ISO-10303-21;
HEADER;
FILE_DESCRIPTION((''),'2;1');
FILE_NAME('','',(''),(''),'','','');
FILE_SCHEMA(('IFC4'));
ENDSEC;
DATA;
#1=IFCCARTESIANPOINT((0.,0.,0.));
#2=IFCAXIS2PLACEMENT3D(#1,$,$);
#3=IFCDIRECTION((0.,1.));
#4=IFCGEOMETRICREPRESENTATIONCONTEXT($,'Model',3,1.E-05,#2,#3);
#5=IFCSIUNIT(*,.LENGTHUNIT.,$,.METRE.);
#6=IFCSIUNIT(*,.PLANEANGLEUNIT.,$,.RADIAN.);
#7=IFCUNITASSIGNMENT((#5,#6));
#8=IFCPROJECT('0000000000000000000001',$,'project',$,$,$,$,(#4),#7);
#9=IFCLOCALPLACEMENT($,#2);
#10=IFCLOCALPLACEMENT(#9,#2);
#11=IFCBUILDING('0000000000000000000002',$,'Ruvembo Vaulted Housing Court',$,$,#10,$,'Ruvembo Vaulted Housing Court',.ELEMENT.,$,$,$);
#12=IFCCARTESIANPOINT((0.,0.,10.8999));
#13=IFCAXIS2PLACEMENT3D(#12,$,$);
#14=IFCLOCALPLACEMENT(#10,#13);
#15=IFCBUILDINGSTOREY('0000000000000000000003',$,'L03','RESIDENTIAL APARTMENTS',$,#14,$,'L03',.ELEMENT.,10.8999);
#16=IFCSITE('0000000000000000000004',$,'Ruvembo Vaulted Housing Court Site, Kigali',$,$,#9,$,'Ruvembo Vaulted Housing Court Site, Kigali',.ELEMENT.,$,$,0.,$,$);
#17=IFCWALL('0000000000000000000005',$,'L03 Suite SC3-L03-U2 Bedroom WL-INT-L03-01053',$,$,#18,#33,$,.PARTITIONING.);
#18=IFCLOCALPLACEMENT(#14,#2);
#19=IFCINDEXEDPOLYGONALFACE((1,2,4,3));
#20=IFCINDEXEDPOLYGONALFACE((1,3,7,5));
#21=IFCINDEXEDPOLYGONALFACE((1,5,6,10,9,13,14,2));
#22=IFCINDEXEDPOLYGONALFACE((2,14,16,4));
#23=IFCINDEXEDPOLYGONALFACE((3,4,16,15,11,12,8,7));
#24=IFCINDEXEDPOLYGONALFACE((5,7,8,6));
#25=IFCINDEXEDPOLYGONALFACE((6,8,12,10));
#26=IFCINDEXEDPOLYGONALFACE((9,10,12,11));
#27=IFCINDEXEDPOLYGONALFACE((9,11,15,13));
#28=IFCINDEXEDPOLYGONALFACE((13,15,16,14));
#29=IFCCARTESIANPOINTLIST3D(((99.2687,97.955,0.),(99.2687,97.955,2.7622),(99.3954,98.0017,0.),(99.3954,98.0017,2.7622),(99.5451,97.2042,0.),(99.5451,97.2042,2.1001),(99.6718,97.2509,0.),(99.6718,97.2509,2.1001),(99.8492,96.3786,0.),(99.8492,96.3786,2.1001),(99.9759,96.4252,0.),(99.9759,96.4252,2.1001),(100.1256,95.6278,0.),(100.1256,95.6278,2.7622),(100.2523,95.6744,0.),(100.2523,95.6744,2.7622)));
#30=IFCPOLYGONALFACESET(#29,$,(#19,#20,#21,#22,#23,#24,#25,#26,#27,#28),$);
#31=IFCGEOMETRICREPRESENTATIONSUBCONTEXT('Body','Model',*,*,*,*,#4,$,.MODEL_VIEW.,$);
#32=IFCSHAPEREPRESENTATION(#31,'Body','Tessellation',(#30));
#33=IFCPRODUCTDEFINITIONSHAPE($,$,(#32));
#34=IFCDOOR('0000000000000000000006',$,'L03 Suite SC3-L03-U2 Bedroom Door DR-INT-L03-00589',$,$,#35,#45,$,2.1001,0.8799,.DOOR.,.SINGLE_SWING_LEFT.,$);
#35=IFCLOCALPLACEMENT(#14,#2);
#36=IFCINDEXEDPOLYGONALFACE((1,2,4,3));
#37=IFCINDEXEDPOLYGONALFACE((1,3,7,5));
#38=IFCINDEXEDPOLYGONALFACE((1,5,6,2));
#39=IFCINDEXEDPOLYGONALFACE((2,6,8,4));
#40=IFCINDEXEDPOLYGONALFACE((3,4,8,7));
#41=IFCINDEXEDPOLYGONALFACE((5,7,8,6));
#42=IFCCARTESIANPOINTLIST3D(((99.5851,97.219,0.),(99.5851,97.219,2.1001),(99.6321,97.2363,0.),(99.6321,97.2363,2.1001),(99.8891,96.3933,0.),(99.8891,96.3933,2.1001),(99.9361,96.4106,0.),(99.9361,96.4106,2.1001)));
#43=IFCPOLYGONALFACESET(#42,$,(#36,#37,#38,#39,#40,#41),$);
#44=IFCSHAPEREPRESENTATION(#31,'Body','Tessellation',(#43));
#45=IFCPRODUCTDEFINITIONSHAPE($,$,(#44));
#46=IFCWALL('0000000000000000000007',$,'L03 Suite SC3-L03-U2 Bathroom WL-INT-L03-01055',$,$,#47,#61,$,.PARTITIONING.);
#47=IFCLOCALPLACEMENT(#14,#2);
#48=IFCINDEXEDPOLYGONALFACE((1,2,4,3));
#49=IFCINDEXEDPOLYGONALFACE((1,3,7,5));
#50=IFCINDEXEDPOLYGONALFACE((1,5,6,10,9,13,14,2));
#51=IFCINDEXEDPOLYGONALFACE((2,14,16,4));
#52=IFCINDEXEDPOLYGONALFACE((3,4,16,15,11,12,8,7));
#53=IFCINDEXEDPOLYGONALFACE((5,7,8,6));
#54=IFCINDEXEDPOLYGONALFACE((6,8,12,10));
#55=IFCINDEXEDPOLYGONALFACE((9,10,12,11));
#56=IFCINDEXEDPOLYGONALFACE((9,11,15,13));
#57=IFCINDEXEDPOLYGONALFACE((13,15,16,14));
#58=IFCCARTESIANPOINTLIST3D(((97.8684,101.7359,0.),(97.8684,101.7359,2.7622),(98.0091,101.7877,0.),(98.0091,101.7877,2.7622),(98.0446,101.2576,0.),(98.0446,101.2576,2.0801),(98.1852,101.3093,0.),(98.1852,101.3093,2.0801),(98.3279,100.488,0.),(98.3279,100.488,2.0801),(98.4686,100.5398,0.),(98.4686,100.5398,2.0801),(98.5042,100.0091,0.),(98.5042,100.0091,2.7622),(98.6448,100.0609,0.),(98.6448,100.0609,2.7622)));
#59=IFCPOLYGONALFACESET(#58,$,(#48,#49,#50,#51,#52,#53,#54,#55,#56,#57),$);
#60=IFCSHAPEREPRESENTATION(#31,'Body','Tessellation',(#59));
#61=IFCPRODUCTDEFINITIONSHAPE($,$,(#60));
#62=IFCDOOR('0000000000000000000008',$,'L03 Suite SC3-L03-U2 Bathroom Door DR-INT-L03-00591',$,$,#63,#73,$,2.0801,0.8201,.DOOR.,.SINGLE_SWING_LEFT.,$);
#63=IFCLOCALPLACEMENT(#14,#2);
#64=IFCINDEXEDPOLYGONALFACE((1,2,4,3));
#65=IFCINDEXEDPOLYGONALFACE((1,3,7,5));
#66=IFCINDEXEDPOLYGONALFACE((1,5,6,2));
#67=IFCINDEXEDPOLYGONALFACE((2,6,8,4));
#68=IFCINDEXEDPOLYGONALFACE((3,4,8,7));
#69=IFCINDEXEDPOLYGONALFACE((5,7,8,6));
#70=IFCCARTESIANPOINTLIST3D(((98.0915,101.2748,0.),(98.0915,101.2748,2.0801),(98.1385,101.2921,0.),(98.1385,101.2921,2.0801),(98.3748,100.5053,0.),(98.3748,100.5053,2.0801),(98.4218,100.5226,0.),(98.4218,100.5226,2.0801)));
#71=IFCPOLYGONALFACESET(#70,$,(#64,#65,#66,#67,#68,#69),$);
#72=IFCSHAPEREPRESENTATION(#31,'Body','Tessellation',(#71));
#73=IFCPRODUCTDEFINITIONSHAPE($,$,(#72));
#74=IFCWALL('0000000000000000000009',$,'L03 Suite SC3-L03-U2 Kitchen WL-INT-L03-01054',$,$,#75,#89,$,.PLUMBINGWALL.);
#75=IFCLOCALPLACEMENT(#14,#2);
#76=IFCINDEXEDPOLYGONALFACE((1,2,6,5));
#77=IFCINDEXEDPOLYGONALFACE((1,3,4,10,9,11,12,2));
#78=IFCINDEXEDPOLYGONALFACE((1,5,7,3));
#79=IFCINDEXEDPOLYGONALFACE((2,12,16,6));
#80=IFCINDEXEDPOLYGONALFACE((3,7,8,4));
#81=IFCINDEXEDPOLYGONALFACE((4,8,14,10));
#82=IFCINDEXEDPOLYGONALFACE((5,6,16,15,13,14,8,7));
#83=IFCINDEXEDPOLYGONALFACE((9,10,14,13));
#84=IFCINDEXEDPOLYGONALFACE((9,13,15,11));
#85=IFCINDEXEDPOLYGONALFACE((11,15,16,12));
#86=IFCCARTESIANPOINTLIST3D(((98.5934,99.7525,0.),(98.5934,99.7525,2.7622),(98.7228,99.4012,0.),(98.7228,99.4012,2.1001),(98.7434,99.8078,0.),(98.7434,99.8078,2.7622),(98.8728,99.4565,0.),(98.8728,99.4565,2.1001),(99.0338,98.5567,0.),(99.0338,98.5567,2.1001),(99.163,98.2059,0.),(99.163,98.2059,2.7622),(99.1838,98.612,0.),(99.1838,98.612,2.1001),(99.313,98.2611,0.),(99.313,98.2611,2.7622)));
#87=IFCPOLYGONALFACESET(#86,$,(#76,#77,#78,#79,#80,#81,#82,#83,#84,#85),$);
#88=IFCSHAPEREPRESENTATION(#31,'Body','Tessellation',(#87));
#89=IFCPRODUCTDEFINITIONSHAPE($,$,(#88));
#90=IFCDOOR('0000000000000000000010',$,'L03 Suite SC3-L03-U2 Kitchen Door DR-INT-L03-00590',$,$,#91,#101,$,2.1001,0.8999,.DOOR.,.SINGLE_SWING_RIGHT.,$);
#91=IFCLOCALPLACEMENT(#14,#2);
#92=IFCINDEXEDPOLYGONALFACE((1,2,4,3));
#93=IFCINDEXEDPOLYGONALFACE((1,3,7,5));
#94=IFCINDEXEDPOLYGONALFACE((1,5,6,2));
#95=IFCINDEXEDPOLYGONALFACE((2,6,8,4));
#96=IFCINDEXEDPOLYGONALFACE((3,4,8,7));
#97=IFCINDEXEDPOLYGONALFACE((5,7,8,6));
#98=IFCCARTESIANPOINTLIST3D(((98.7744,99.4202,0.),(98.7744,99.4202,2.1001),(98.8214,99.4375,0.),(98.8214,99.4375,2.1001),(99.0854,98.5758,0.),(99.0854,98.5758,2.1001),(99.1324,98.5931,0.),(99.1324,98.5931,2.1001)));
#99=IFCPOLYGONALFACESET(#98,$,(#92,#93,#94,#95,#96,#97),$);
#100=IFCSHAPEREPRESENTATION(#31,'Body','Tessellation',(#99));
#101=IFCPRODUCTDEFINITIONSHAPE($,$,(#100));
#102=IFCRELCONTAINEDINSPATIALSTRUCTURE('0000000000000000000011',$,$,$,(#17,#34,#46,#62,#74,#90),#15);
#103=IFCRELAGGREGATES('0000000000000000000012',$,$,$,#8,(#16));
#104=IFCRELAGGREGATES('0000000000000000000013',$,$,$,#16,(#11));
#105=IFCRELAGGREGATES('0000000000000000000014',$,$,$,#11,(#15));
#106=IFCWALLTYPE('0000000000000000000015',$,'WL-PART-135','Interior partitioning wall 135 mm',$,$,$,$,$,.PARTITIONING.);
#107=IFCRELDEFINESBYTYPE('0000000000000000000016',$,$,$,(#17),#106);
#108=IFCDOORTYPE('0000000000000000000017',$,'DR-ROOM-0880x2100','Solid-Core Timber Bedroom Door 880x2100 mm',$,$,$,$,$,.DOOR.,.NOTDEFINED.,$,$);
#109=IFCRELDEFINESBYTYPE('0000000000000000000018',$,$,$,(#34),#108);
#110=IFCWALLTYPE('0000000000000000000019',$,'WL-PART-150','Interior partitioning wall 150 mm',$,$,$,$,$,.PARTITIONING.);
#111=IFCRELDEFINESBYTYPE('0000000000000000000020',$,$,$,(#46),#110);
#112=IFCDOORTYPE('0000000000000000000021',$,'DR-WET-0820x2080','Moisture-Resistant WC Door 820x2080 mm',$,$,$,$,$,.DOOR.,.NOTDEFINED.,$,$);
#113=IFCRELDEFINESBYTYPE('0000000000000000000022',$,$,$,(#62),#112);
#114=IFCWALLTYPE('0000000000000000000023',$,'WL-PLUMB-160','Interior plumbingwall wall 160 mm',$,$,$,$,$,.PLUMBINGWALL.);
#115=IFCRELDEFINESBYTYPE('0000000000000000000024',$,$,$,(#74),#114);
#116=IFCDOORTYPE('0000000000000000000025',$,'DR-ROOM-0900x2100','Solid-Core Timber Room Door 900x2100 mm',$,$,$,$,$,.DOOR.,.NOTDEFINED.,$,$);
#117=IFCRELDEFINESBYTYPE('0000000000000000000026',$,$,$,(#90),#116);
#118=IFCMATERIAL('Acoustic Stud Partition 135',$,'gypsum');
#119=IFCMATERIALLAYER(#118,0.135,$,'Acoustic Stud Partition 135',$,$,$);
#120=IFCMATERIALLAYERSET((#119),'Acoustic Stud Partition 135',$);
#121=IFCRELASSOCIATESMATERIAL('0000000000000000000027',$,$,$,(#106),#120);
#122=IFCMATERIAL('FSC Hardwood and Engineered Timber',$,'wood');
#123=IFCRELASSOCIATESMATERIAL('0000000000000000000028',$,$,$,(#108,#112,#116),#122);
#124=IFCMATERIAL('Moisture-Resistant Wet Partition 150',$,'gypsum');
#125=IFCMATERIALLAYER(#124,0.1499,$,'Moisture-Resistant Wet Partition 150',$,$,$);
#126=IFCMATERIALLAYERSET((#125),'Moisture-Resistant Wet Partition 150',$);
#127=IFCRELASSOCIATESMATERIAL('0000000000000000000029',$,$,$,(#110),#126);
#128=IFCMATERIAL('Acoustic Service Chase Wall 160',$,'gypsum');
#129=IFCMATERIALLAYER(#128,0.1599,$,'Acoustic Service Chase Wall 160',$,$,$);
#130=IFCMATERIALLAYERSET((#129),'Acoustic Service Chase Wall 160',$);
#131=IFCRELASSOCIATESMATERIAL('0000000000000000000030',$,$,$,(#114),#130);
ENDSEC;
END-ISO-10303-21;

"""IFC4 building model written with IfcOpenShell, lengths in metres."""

from ifc_helpers import new_model, si_unit, direction, frame, frame_2d, origin, place, context, subcontext, project, spatial, rectangle, extrude, material, layer, layer_set, type_object, element, fill, save


model = new_model("IFC4")

# Units and contexts
model_context = context("Model", 3, precision=1e-05, world=origin(), true_north=direction((0.0, 1.0)))
body_context = subcontext(model_context, "Body", "Model", "MODEL_VIEW")
ifc_project = project(units=[si_unit("LENGTHUNIT", "METRE"), si_unit("PLANEANGLEUNIT", "RADIAN")], contexts=[model_context])

# Site, building, storey
site_placement = place(None, origin())
site = spatial("IfcSite", under=ifc_project, at=site_placement, Name="Ruvembo Vaulted Housing Court Site, Kigali", LongName="Ruvembo Vaulted Housing Court Site, Kigali", CompositionType="ELEMENT", RefElevation=0.0)
building_placement = place(site_placement, origin())
building = spatial("IfcBuilding", under=site, at=building_placement, Name="Ruvembo Vaulted Housing Court", LongName="Ruvembo Vaulted Housing Court", CompositionType="ELEMENT")
storey_placement = place(building_placement, frame((0.0, 0.0, 10.8999)))
storey = spatial("IfcBuildingStorey", under=building, at=storey_placement, Name="L03", Description="RESIDENTIAL APARTMENTS", LongName="L03", CompositionType="ELEMENT", Elevation=10.8999)

# Shared definitions
ifc_material_1 = material(Name="FSC Hardwood and Engineered Timber", Category="wood")

# Walls, openings, doors
ifc_material_2 = material(Name="Acoustic Stud Partition 135", Category="gypsum")
ifc_layer_1 = layer(ifc_material_2, 0.135, Name="Acoustic Stud Partition 135")
ifc_layer_set_1 = layer_set([ifc_layer_1], Name="Acoustic Stud Partition 135")
wall_type_1 = type_object("IfcWallType", Name="WL-PART-135", Description="Interior partitioning wall 135 mm", PredefinedType="PARTITIONING", material=ifc_layer_set_1)
wall_1_placement = place(storey_placement, frame((100.189, 95.6511, 0.0), z_axis=(0.0, 0.0, 1.0), x_axis=(-0.34555, 0.9384, 0.0)))
wall_1 = element("IfcWall", 1, at=wall_1_placement, inside=storey, type_object=wall_type_1, Name="L03 Suite SC3-L03-U2 Bedroom WL-INT-L03-01053", PredefinedType="PARTITIONING", context=body_context, shape_type="SweptSolid", body=[
    extrude(rectangle(XDim=2.48, YDim=0.135, at=frame_2d((1.24, 0.0))), origin(), (0.0, 0.0, 1.0), 2.7622),
])
opening_1_placement = place(wall_1_placement, frame((0.8, 0.0, 0.0)))
opening_1 = element("IfcOpeningElement", 2, at=opening_1_placement, cuts=wall_1, PredefinedType="OPENING", context=body_context, shape_type="SweptSolid", body=[
    extrude(rectangle(XDim=0.8799, YDim=2.1001, at=frame_2d((0.4399, 1.05))), frame((0.0, 0.0774, 0.0), z_axis=(0.0, -1.0, 0.0), x_axis=(1.0, 0.0, 0.0)), (0.0, 0.0, 1.0), 0.155),
])
door_type_1 = type_object("IfcDoorType", Name="DR-ROOM-0880x2100", Description="Solid-Core Timber Bedroom Door 880x2100 mm", OperationType="NOTDEFINED", PredefinedType="DOOR", material=ifc_material_1)
door_1_placement = place(opening_1_placement, origin())
door_1 = element("IfcDoor", 3, at=door_1_placement, inside=storey, type_object=door_type_1, Name="L03 Suite SC3-L03-U2 Bedroom Door DR-INT-L03-00589", OperationType="SINGLE_SWING_LEFT", OverallHeight=2.1001, OverallWidth=0.8799, PredefinedType="DOOR", context=body_context, shape_type="SweptSolid", body=[
    extrude(rectangle(XDim=0.8799, YDim=2.1001, at=frame_2d((0.4399, 1.05))), frame((0.0, 0.0249, 0.0), z_axis=(0.0, -1.0, 0.0), x_axis=(1.0, 0.0, 0.0)), (0.0, 0.0, 1.0), 0.05),
])
fill(opening_1, door_1)
ifc_material_3 = material(Name="Moisture-Resistant Wet Partition 150", Category="gypsum")
ifc_layer_2 = layer(ifc_material_3, 0.1499, Name="Moisture-Resistant Wet Partition 150")
ifc_layer_set_2 = layer_set([ifc_layer_2], Name="Moisture-Resistant Wet Partition 150")
wall_type_2 = type_object("IfcWallType", Name="WL-PART-150", Description="Interior partitioning wall 150 mm", PredefinedType="PARTITIONING", material=ifc_layer_set_2)
wall_2_placement = place(storey_placement, frame((98.5745, 100.0352, 0.0), z_axis=(0.0, 0.0, 1.0), x_axis=(-0.34549, 0.938422, 0.0)))
wall_2 = element("IfcWall", 4, at=wall_2_placement, inside=storey, type_object=wall_type_2, Name="L03 Suite SC3-L03-U2 Bathroom WL-INT-L03-01055", PredefinedType="PARTITIONING", context=body_context, shape_type="SweptSolid", body=[
    extrude(rectangle(XDim=1.8401, YDim=0.1499, at=frame_2d((0.9199, 0.0))), origin(), (0.0, 0.0, 1.0), 2.7622),
])
opening_2_placement = place(wall_2_placement, frame((0.51, 0.0, 0.0)))
opening_2 = element("IfcOpeningElement", 5, at=opening_2_placement, cuts=wall_2, PredefinedType="OPENING", context=body_context, shape_type="SweptSolid", body=[
    extrude(rectangle(XDim=0.8201, YDim=2.0801, at=frame_2d((0.4102, 1.04))), frame((0.0, 0.085, 0.0), z_axis=(0.0, -1.0, 0.0), x_axis=(1.0, 0.0, 0.0)), (0.0, 0.0, 1.0), 0.1699),
])
door_type_2 = type_object("IfcDoorType", Name="DR-WET-0820x2080", Description="Moisture-Resistant WC Door 820x2080 mm", OperationType="NOTDEFINED", PredefinedType="DOOR", material=ifc_material_1)
door_2_placement = place(opening_2_placement, origin())
door_2 = element("IfcDoor", 6, at=door_2_placement, inside=storey, type_object=door_type_2, Name="L03 Suite SC3-L03-U2 Bathroom Door DR-INT-L03-00591", OperationType="SINGLE_SWING_LEFT", OverallHeight=2.0801, OverallWidth=0.8201, PredefinedType="DOOR", context=body_context, shape_type="SweptSolid", body=[
    extrude(rectangle(XDim=0.8201, YDim=2.0801, at=frame_2d((0.4102, 1.04))), frame((0.0, 0.0249, 0.0), z_axis=(0.0, -1.0, 0.0), x_axis=(1.0, 0.0, 0.0)), (0.0, 0.0, 1.0), 0.05),
])
fill(opening_2, door_2)
ifc_material_4 = material(Name="Acoustic Service Chase Wall 160", Category="gypsum")
ifc_layer_3 = layer(ifc_material_4, 0.1599, Name="Acoustic Service Chase Wall 160")
ifc_layer_set_3 = layer_set([ifc_layer_3], Name="Acoustic Service Chase Wall 160")
wall_type_3 = type_object("IfcWallType", Name="WL-PLUMB-160", Description="Interior plumbingwall wall 160 mm", PredefinedType="PLUMBINGWALL", material=ifc_layer_set_3)
wall_3_placement = place(storey_placement, frame((99.238, 98.2334, 0.0), z_axis=(0.0, 0.0, 1.0), x_axis=(-0.345582, 0.938389, 0.0)))
wall_3 = element("IfcWall", 7, at=wall_3_placement, inside=storey, type_object=wall_type_3, Name="L03 Suite SC3-L03-U2 Kitchen WL-INT-L03-01054", PredefinedType="PLUMBINGWALL", context=body_context, shape_type="SweptSolid", body=[
    extrude(rectangle(XDim=1.6482, YDim=0.1599, at=frame_2d((0.8242, 0.0))), origin(), (0.0, 0.0, 1.0), 2.7622),
])
opening_3_placement = place(wall_3_placement, frame((0.374, 0.0, 0.0)))
opening_3 = element("IfcOpeningElement", 8, at=opening_3_placement, cuts=wall_3, PredefinedType="OPENING", context=body_context, shape_type="SweptSolid", body=[
    extrude(rectangle(XDim=0.8999, YDim=2.1001, at=frame_2d((0.45, 1.05))), frame((0.0, 0.0898, 0.0), z_axis=(0.0, -1.0, 0.0), x_axis=(1.0, 0.0, 0.0)), (0.0, 0.0, 1.0), 0.1799),
])
door_type_3 = type_object("IfcDoorType", Name="DR-ROOM-0900x2100", Description="Solid-Core Timber Room Door 900x2100 mm", OperationType="NOTDEFINED", PredefinedType="DOOR", material=ifc_material_1)
door_3_placement = place(opening_3_placement, origin())
door_3 = element("IfcDoor", 9, at=door_3_placement, inside=storey, type_object=door_type_3, Name="L03 Suite SC3-L03-U2 Kitchen Door DR-INT-L03-00590", OperationType="SINGLE_SWING_RIGHT", OverallHeight=2.1001, OverallWidth=0.8999, PredefinedType="DOOR", context=body_context, shape_type="SweptSolid", body=[
    extrude(rectangle(XDim=0.8999, YDim=2.1001, at=frame_2d((0.45, 1.05))), frame((0.0, 0.0249, 0.0), z_axis=(0.0, -1.0, 0.0), x_axis=(1.0, 0.0, 0.0)), (0.0, 0.0, 1.0), 0.05),
])
fill(opening_3, door_3)

save(model, "model.ifc")
